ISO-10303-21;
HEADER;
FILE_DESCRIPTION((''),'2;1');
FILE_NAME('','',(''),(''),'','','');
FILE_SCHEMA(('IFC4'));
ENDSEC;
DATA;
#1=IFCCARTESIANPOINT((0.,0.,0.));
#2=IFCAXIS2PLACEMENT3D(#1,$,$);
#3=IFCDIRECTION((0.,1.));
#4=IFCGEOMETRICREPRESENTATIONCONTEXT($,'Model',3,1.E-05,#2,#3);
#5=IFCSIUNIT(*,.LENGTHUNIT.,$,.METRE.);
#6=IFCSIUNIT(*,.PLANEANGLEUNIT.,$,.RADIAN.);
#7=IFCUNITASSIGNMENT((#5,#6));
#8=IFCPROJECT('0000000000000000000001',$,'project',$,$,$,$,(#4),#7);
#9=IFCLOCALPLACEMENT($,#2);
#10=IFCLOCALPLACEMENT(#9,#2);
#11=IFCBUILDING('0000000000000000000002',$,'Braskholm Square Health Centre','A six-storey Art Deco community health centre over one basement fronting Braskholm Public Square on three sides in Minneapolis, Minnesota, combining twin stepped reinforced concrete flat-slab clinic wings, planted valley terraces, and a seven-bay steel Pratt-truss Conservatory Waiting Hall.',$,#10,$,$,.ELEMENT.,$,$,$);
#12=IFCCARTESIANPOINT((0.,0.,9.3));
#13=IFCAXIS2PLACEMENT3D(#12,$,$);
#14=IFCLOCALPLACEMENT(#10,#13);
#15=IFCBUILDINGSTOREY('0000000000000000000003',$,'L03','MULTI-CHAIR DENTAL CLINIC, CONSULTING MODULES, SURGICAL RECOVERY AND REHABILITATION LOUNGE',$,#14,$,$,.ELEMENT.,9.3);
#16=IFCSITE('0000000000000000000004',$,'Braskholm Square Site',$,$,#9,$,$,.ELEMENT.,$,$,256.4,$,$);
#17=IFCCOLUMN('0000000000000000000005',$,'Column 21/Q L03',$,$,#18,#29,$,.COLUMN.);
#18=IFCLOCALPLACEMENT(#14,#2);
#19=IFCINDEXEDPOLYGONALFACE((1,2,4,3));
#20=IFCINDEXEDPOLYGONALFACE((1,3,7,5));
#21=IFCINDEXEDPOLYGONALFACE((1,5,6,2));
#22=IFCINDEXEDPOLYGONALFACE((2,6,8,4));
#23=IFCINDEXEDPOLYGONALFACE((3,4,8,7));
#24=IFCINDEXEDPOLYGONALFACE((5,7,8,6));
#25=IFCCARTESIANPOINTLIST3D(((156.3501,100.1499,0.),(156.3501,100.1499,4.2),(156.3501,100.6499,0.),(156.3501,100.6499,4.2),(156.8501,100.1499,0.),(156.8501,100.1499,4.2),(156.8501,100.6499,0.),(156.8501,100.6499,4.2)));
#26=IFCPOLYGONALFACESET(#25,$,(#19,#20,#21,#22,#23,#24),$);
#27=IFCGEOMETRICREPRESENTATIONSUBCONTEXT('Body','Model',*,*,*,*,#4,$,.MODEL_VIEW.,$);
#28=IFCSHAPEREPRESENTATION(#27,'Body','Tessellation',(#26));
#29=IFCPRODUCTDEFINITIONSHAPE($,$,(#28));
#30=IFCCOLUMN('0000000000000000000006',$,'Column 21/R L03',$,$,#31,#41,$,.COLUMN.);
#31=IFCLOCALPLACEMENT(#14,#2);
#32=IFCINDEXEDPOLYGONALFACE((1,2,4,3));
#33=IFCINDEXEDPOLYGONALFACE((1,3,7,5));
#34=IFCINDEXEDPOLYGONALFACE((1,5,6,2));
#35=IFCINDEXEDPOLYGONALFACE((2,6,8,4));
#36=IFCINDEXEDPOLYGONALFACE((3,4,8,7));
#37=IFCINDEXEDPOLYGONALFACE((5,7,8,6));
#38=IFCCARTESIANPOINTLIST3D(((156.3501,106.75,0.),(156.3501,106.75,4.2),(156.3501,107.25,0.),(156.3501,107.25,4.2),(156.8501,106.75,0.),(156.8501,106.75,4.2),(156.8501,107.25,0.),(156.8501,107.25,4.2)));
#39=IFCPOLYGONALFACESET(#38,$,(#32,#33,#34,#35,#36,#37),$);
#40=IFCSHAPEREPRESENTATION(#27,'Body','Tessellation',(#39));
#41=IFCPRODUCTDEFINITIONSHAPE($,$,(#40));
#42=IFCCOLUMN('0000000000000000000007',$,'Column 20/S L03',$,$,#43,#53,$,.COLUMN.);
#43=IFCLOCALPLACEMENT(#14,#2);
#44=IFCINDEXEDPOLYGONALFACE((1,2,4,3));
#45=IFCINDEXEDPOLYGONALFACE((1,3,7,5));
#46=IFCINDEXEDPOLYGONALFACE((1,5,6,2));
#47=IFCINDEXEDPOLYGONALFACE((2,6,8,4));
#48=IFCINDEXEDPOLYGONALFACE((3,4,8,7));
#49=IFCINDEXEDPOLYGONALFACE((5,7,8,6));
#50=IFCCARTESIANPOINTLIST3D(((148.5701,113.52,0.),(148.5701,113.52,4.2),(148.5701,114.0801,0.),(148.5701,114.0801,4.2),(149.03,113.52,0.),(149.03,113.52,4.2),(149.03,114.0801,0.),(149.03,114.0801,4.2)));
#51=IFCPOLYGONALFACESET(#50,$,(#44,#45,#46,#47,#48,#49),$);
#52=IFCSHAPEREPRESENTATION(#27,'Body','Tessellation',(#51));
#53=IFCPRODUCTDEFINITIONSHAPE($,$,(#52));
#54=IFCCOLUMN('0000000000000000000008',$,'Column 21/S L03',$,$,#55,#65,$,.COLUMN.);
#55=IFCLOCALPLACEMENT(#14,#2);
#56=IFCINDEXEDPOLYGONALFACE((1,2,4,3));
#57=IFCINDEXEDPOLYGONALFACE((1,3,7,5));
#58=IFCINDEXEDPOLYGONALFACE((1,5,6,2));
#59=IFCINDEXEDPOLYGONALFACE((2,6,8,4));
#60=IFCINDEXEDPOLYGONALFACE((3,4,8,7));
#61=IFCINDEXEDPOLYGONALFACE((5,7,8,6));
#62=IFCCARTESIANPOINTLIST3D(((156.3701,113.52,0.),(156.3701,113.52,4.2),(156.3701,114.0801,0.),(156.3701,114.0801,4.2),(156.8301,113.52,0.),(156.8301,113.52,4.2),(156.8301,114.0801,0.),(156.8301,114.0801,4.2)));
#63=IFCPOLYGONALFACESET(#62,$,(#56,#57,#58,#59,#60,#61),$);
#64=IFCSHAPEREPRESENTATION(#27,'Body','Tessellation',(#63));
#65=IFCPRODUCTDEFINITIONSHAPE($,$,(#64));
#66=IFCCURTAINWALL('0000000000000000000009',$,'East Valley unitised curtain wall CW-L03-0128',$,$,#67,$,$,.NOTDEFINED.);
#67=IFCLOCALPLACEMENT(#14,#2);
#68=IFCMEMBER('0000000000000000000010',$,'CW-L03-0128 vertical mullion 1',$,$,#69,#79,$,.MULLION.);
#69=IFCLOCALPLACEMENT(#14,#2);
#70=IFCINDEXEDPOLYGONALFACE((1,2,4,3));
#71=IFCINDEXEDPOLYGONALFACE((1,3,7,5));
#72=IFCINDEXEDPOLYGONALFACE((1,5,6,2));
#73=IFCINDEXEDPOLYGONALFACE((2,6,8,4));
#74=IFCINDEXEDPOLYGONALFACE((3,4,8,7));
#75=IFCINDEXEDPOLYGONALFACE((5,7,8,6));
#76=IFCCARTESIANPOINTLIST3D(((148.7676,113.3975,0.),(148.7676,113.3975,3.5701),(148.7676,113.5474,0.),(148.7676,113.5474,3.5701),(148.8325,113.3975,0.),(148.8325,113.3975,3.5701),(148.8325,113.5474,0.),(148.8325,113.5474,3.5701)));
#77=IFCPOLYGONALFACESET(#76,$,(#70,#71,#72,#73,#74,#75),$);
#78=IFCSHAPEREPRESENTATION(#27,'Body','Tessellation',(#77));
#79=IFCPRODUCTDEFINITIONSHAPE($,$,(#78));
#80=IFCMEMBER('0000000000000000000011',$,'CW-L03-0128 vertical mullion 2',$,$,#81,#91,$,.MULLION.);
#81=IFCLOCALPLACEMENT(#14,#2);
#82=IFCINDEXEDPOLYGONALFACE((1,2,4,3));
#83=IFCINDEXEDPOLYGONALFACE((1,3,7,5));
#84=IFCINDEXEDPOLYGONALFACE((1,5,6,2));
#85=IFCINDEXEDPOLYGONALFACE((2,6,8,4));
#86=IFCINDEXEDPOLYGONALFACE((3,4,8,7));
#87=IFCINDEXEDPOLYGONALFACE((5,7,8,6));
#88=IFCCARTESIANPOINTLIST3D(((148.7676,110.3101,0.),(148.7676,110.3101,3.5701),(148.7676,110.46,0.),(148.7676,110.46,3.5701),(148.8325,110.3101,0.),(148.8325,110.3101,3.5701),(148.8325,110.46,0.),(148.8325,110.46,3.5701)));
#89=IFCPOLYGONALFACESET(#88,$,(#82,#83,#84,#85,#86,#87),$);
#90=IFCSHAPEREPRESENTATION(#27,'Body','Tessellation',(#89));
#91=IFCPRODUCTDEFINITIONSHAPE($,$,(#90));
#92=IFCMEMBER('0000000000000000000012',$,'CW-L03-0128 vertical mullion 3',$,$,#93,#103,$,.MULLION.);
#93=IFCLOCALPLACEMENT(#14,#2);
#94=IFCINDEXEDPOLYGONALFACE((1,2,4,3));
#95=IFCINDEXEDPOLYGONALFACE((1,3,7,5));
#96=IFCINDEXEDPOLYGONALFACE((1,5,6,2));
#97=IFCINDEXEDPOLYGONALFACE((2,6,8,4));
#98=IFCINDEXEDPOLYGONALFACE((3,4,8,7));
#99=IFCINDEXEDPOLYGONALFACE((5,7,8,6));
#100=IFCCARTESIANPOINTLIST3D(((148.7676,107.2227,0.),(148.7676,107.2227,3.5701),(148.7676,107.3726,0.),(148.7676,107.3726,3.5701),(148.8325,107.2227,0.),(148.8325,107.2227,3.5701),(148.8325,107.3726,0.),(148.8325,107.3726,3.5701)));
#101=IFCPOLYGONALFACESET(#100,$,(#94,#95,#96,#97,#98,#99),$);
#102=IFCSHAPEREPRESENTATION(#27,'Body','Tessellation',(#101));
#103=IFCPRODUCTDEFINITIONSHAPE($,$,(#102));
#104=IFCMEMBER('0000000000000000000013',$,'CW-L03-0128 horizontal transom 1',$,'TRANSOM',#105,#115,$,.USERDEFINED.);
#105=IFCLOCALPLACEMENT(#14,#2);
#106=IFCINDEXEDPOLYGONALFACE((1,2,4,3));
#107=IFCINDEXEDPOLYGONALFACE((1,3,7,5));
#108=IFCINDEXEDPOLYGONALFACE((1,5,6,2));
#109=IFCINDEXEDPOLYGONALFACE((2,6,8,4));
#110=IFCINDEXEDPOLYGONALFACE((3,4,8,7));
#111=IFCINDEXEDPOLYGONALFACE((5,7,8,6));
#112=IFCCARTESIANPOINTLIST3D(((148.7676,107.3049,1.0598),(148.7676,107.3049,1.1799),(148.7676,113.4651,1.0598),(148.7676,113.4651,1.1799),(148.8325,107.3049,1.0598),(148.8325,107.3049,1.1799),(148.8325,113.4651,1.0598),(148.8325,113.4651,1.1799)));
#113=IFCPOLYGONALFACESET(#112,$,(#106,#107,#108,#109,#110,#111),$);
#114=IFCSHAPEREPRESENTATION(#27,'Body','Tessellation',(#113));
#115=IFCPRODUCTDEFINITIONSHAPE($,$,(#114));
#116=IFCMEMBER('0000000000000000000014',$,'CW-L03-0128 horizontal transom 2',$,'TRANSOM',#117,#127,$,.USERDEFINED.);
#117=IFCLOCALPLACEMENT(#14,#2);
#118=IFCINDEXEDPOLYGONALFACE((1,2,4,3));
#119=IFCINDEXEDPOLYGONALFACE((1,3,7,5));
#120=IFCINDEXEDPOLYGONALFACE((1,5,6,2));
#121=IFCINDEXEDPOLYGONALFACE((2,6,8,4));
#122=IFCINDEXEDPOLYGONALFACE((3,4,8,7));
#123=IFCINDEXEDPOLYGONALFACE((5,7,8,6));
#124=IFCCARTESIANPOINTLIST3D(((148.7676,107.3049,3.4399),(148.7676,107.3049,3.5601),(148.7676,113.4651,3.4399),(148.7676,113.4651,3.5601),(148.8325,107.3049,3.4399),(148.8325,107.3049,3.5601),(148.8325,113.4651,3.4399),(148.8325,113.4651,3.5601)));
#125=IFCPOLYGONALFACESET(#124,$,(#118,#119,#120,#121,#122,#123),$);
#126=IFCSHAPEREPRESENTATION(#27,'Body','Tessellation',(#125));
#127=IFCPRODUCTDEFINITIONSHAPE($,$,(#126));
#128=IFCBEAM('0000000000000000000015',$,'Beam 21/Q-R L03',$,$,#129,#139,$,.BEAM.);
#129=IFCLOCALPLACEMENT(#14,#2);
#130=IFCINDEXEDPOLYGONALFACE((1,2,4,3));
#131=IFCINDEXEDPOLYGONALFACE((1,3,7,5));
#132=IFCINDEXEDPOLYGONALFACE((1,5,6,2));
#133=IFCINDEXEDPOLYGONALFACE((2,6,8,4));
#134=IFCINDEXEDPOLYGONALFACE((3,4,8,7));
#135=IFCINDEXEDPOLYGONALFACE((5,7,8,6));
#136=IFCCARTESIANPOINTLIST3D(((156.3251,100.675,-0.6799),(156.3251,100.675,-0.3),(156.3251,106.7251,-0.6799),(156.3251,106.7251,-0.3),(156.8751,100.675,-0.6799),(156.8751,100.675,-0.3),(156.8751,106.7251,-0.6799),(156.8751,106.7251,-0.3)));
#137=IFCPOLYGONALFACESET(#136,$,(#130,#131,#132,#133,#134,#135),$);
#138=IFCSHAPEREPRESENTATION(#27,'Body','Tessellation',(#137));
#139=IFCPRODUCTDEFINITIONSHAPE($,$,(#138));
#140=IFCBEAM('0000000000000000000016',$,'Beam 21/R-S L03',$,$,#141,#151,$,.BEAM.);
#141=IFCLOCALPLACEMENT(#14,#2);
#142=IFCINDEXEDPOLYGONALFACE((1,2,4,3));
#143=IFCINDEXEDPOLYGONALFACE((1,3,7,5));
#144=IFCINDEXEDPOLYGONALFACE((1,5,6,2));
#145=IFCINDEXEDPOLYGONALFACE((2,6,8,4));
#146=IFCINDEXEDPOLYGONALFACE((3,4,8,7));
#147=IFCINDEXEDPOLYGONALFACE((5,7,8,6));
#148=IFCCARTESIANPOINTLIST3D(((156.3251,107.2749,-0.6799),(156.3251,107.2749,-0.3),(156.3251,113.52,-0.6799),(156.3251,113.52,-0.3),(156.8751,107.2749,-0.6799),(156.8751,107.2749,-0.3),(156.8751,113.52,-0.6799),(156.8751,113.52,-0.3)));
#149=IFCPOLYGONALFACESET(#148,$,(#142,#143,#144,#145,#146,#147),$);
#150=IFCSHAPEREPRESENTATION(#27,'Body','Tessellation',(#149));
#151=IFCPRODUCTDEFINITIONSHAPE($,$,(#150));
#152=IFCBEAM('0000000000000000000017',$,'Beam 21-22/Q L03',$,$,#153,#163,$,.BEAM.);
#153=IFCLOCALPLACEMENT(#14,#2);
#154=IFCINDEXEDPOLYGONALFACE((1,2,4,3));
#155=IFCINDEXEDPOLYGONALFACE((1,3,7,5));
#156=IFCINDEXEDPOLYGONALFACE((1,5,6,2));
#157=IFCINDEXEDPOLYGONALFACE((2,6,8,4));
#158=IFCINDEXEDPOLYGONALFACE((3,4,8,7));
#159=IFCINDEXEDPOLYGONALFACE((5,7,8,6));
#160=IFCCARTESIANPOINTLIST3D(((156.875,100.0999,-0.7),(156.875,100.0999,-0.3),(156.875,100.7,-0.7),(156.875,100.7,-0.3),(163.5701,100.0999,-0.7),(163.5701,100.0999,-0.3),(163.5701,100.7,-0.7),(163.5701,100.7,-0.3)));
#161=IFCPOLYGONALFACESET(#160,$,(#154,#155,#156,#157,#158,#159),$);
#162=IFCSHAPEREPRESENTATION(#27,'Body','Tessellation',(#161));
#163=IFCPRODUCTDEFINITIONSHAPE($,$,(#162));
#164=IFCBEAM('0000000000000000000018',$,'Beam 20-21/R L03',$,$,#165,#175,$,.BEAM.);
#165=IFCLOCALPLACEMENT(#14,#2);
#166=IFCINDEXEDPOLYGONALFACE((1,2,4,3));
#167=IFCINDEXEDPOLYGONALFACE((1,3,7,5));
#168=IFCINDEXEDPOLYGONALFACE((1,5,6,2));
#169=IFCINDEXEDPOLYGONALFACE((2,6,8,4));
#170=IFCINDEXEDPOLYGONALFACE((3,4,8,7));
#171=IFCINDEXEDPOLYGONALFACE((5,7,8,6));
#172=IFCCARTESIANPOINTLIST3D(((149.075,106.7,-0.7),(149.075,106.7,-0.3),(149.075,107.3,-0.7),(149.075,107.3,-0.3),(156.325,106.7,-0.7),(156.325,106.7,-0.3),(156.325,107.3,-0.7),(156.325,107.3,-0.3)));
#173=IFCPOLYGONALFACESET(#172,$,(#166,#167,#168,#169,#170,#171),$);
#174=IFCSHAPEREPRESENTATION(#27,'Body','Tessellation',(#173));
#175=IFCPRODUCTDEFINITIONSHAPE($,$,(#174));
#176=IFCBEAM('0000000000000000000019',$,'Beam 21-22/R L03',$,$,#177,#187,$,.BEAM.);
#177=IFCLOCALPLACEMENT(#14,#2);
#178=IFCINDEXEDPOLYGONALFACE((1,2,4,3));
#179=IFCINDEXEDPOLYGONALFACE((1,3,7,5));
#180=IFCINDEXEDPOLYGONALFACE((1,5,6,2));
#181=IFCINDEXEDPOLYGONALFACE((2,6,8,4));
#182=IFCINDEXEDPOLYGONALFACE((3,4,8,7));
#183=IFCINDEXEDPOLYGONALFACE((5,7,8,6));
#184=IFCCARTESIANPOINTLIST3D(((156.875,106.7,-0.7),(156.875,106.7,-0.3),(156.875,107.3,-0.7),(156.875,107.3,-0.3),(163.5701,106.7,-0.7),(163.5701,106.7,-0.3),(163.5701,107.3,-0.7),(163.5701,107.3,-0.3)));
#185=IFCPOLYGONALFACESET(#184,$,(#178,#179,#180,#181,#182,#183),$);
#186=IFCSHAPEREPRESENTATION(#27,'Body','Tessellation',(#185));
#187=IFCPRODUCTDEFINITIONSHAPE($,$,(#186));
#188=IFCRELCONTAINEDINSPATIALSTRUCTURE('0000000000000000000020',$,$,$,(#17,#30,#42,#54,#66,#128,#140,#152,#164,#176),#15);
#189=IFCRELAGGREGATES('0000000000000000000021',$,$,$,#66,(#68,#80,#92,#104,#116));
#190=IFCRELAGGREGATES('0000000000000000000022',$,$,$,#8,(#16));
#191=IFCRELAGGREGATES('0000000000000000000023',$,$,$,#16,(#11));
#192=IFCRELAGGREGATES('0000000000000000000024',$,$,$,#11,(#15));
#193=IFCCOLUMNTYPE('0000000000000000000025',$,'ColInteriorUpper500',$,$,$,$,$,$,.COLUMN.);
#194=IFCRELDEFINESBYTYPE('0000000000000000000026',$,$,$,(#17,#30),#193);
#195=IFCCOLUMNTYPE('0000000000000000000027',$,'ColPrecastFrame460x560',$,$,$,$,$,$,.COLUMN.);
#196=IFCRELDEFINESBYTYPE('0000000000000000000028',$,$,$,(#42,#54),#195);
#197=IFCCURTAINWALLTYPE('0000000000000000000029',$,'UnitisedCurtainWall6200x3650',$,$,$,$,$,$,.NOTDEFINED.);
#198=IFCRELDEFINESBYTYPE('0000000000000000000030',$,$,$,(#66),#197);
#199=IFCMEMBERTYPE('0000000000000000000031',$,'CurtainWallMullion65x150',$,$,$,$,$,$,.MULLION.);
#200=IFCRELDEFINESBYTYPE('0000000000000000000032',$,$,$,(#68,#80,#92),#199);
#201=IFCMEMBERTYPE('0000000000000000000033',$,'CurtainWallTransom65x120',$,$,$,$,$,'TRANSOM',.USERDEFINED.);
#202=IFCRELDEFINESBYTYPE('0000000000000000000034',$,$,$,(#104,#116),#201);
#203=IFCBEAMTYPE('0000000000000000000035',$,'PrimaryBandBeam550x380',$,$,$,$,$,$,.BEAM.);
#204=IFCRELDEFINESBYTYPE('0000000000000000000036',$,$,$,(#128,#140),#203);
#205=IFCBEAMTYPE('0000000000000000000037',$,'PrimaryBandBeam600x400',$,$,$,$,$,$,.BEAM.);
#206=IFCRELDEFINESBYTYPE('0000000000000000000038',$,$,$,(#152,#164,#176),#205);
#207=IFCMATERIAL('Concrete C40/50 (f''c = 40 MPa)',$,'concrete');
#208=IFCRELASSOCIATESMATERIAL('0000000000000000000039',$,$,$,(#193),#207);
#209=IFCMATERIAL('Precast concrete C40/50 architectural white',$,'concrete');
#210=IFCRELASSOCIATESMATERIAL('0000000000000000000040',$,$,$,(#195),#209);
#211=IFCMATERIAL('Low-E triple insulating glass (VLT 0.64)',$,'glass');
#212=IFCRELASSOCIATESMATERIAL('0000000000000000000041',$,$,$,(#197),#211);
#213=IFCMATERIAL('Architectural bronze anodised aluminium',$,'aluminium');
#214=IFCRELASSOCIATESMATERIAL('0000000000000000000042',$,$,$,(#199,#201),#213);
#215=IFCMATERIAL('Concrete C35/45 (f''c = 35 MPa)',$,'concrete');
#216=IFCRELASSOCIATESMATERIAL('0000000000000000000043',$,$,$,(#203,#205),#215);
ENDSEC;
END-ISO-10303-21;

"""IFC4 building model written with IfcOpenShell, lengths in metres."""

from ifc_helpers import new_model, si_unit, direction, frame, origin, origin_2d, place, context, subcontext, project, spatial, rectangle, extrude, material, material_profile, profile_set, type_object, element, aggregate, save


model = new_model("IFC4")

# Units and contexts
model_context = context("Model", 3, precision=1e-05, world=origin(), true_north=direction((0.0, 1.0)))
body_context = subcontext(model_context, "Body", "Model", "MODEL_VIEW")
ifc_project = project(units=[si_unit("LENGTHUNIT", "METRE"), si_unit("PLANEANGLEUNIT", "RADIAN")], contexts=[model_context])

# Site, building, storey
site_placement = place(None, origin())
site = spatial("IfcSite", under=ifc_project, at=site_placement, Name="Braskholm Square Site", CompositionType="ELEMENT", RefElevation=256.4)
building_placement = place(site_placement, origin())
building = spatial("IfcBuilding", under=site, at=building_placement, Name="Braskholm Square Health Centre", Description="A six-storey Art Deco community health centre over one basement fronting Braskholm Public Square on three sides in Minneapolis, Minnesota, combining twin stepped reinforced concrete flat-slab clinic wings, planted valley terraces, and a seven-bay steel Pratt-truss Conservatory Waiting Hall.", CompositionType="ELEMENT")
storey_placement = place(building_placement, frame((0.0, 0.0, 9.3)))
storey = spatial("IfcBuildingStorey", under=building, at=storey_placement, Name="L03", Description="MULTI-CHAIR DENTAL CLINIC, CONSULTING MODULES, SURGICAL RECOVERY AND REHABILITATION LOUNGE", CompositionType="ELEMENT", Elevation=9.3)

# Columns
ifc_material_1 = material(Name="Concrete C40/50 (f'c = 40 MPa)", Category="concrete")
ifc_material_profile_1 = material_profile(ifc_material_1, rectangle(XDim=0.5, YDim=0.5, at=origin_2d()), Name="RC-500X500")
ifc_profile_set_1 = profile_set([ifc_material_profile_1], Name="Concrete C40/50 (f'c = 40 MPa)")
column_type_1 = type_object("IfcColumnType", Name="ColInteriorUpper500", PredefinedType="COLUMN", material=ifc_profile_set_1)
for number, where, z_axis, x_axis, name in (
    (1, (156.6001, 100.3999, 0.0), (0.0, 0.0, 1.0), (1.0, 0.0, 0.0), "Column 21/Q L03"),
    (2, (156.6001, 107.0, 0.0), (0.0, 0.0, 1.0), (1.0, 0.0, 0.0), "Column 21/R L03"),
):
    element("IfcColumn", number, at=place(storey_placement, frame(where, z_axis=z_axis, x_axis=x_axis)), inside=storey, type_object=column_type_1, Name=name, PredefinedType="COLUMN", context=body_context, shape_type="SweptSolid", body=[
        extrude(rectangle(XDim=0.5, YDim=0.5, at=origin_2d()), origin(), (0.0, 0.0, 1.0), 4.2),
    ])
ifc_material_2 = material(Name="Precast concrete C40/50 architectural white", Category="concrete")
ifc_material_profile_2 = material_profile(ifc_material_2, rectangle(XDim=0.46, YDim=0.5601, at=origin_2d()), Name="RC-460X560")
ifc_profile_set_2 = profile_set([ifc_material_profile_2], Name="Precast concrete C40/50 architectural white")
column_type_2 = type_object("IfcColumnType", Name="ColPrecastFrame460x560", PredefinedType="COLUMN", material=ifc_profile_set_2)
for number, where, z_axis, x_axis, name in (
    (3, (148.8, 113.8, 0.0), (0.0, 0.0, 1.0), (1.0, 0.0, 0.0), "Column 20/S L03"),
    (4, (156.6001, 113.8, 0.0), (0.0, 0.0, 1.0), (1.0, 0.0, 0.0), "Column 21/S L03"),
):
    element("IfcColumn", number, at=place(storey_placement, frame(where, z_axis=z_axis, x_axis=x_axis)), inside=storey, type_object=column_type_2, Name=name, PredefinedType="COLUMN", context=body_context, shape_type="SweptSolid", body=[
        extrude(rectangle(XDim=0.46, YDim=0.5601, at=origin_2d()), origin(), (0.0, 0.0, 1.0), 4.2),
    ])

# Curtain wall, members
ifc_material_3 = material(Name="Low-E triple insulating glass (VLT 0.64)", Category="glass")
curtain_wall_type = type_object("IfcCurtainWallType", Name="UnitisedCurtainWall6200x3650", PredefinedType="NOTDEFINED", material=ifc_material_3)
curtain_wall_placement = place(storey_placement, origin())
curtain_wall = element("IfcCurtainWall", 5, at=curtain_wall_placement, inside=storey, type_object=curtain_wall_type, Name="East Valley unitised curtain wall CW-L03-0128", PredefinedType="NOTDEFINED")
ifc_material_4 = material(Name="Architectural bronze anodised aluminium", Category="aluminium")
ifc_material_profile_3 = material_profile(ifc_material_4, rectangle(XDim=0.0649, YDim=0.1499, at=origin_2d()), Name="ALU-65X150")
ifc_profile_set_3 = profile_set([ifc_material_profile_3], Name="Architectural bronze anodised aluminium")
member_type_1 = type_object("IfcMemberType", Name="CurtainWallMullion65x150", PredefinedType="MULLION", material=ifc_profile_set_3)
member_1_placement = place(storey_placement, frame((148.8, 113.4724, 0.0), z_axis=(0.0, 0.0, 1.0), x_axis=(1.0, 0.0, 0.0)))
member_1 = element("IfcMember", 6, at=member_1_placement, type_object=member_type_1, Name="CW-L03-0128 vertical mullion 1", PredefinedType="MULLION", context=body_context, shape_type="SweptSolid", body=[
    extrude(rectangle(XDim=0.0649, YDim=0.1499, at=origin_2d()), origin(), (0.0, 0.0, 1.0), 3.5701),
])
member_2_placement = place(storey_placement, frame((148.8, 110.385, 0.0), z_axis=(0.0, 0.0, 1.0), x_axis=(1.0, 0.0, 0.0)))
member_2 = element("IfcMember", 7, at=member_2_placement, type_object=member_type_1, Name="CW-L03-0128 vertical mullion 2", PredefinedType="MULLION", context=body_context, shape_type="SweptSolid", body=[
    extrude(rectangle(XDim=0.0649, YDim=0.1499, at=origin_2d()), origin(), (0.0, 0.0, 1.0), 3.5701),
])
member_3_placement = place(storey_placement, frame((148.8, 107.2976, 0.0), z_axis=(0.0, 0.0, 1.0), x_axis=(1.0, 0.0, 0.0)))
member_3 = element("IfcMember", 8, at=member_3_placement, type_object=member_type_1, Name="CW-L03-0128 vertical mullion 3", PredefinedType="MULLION", context=body_context, shape_type="SweptSolid", body=[
    extrude(rectangle(XDim=0.0649, YDim=0.1499, at=origin_2d()), origin(), (0.0, 0.0, 1.0), 3.5701),
])
ifc_material_profile_4 = material_profile(ifc_material_4, rectangle(XDim=0.0649, YDim=0.1201, at=origin_2d()), Name="ALU-65X120")
ifc_profile_set_4 = profile_set([ifc_material_profile_4], Name="Architectural bronze anodised aluminium")
member_type_2 = type_object("IfcMemberType", Name="CurtainWallTransom65x120", ElementType="TRANSOM", PredefinedType="USERDEFINED", material=ifc_profile_set_4)
member_4_placement = place(storey_placement, frame((148.8, 113.4651, 1.1199), z_axis=(0.0, -1.0, 0.0), x_axis=(1.0, 0.0, 0.0)))
member_4 = element("IfcMember", 9, at=member_4_placement, type_object=member_type_2, Name="CW-L03-0128 horizontal transom 1", ObjectType="TRANSOM", PredefinedType="USERDEFINED", context=body_context, shape_type="SweptSolid", body=[
    extrude(rectangle(XDim=0.0649, YDim=0.1201, at=origin_2d()), origin(), (0.0, 0.0, 1.0), 6.1602),
])
member_5_placement = place(storey_placement, frame((148.8, 113.4651, 3.5), z_axis=(0.0, -1.0, 0.0), x_axis=(1.0, 0.0, 0.0)))
member_5 = element("IfcMember", 10, at=member_5_placement, type_object=member_type_2, Name="CW-L03-0128 horizontal transom 2", ObjectType="TRANSOM", PredefinedType="USERDEFINED", context=body_context, shape_type="SweptSolid", body=[
    extrude(rectangle(XDim=0.0649, YDim=0.1201, at=origin_2d()), origin(), (0.0, 0.0, 1.0), 6.1602),
])

# Beams
ifc_material_5 = material(Name="Concrete C35/45 (f'c = 35 MPa)", Category="concrete")
ifc_material_profile_5 = material_profile(ifc_material_5, rectangle(XDim=0.55, YDim=0.3799, at=origin_2d()), Name="RCB-550X380")
ifc_profile_set_5 = profile_set([ifc_material_profile_5], Name="Concrete C35/45 (f'c = 35 MPa)")
beam_type_1 = type_object("IfcBeamType", Name="PrimaryBandBeam550x380", PredefinedType="BEAM", material=ifc_profile_set_5)
beam_1_placement = place(storey_placement, frame((156.6001, 100.675, -0.49), z_axis=(0.0, 1.0, 0.0), x_axis=(-1.0, 0.0, 0.0)))
element("IfcBeam", 11, at=beam_1_placement, inside=storey, type_object=beam_type_1, Name="Beam 21/Q-R L03", PredefinedType="BEAM", context=body_context, shape_type="SweptSolid", body=[
    extrude(rectangle(XDim=0.55, YDim=0.3799, at=origin_2d()), origin(), (0.0, 0.0, 1.0), 6.05),
])
beam_2_placement = place(storey_placement, frame((156.6001, 107.2749, -0.49), z_axis=(0.0, 1.0, 0.0), x_axis=(-1.0, 0.0, 0.0)))
element("IfcBeam", 12, at=beam_2_placement, inside=storey, type_object=beam_type_1, Name="Beam 21/R-S L03", PredefinedType="BEAM", context=body_context, shape_type="SweptSolid", body=[
    extrude(rectangle(XDim=0.55, YDim=0.3799, at=origin_2d()), origin(), (0.0, 0.0, 1.0), 6.2451),
])
ifc_material_profile_6 = material_profile(ifc_material_5, rectangle(XDim=0.6001, YDim=0.3999, at=origin_2d()), Name="RCB-600X400")
ifc_profile_set_6 = profile_set([ifc_material_profile_6], Name="Concrete C35/45 (f'c = 35 MPa)")
beam_type_2 = type_object("IfcBeamType", Name="PrimaryBandBeam600x400", PredefinedType="BEAM", material=ifc_profile_set_6)
beam_3_placement = place(storey_placement, frame((156.875, 100.3999, -0.5), z_axis=(1.0, 0.0, 0.0), x_axis=(0.0, 1.0, 0.0)))
element("IfcBeam", 13, at=beam_3_placement, inside=storey, type_object=beam_type_2, Name="Beam 21-22/Q L03", PredefinedType="BEAM", context=body_context, shape_type="SweptSolid", body=[
    extrude(rectangle(XDim=0.6001, YDim=0.3999, at=origin_2d()), origin(), (0.0, 0.0, 1.0), 6.6951),
])
beam_4_placement = place(storey_placement, frame((149.075, 107.0, -0.5), z_axis=(1.0, 0.0, 0.0), x_axis=(0.0, 1.0, 0.0)))
element("IfcBeam", 14, at=beam_4_placement, inside=storey, type_object=beam_type_2, Name="Beam 20-21/R L03", PredefinedType="BEAM", context=body_context, shape_type="SweptSolid", body=[
    extrude(rectangle(XDim=0.6001, YDim=0.3999, at=origin_2d()), origin(), (0.0, 0.0, 1.0), 7.25),
])
beam_5_placement = place(storey_placement, frame((156.875, 107.0, -0.5), z_axis=(1.0, 0.0, 0.0), x_axis=(0.0, 1.0, 0.0)))
element("IfcBeam", 15, at=beam_5_placement, inside=storey, type_object=beam_type_2, Name="Beam 21-22/R L03", PredefinedType="BEAM", context=body_context, shape_type="SweptSolid", body=[
    extrude(rectangle(XDim=0.6001, YDim=0.3999, at=origin_2d()), origin(), (0.0, 0.0, 1.0), 6.6951),
])

aggregate(curtain_wall, [member_1, member_2, member_3, member_4, member_5])

save(model, "model.ifc")
